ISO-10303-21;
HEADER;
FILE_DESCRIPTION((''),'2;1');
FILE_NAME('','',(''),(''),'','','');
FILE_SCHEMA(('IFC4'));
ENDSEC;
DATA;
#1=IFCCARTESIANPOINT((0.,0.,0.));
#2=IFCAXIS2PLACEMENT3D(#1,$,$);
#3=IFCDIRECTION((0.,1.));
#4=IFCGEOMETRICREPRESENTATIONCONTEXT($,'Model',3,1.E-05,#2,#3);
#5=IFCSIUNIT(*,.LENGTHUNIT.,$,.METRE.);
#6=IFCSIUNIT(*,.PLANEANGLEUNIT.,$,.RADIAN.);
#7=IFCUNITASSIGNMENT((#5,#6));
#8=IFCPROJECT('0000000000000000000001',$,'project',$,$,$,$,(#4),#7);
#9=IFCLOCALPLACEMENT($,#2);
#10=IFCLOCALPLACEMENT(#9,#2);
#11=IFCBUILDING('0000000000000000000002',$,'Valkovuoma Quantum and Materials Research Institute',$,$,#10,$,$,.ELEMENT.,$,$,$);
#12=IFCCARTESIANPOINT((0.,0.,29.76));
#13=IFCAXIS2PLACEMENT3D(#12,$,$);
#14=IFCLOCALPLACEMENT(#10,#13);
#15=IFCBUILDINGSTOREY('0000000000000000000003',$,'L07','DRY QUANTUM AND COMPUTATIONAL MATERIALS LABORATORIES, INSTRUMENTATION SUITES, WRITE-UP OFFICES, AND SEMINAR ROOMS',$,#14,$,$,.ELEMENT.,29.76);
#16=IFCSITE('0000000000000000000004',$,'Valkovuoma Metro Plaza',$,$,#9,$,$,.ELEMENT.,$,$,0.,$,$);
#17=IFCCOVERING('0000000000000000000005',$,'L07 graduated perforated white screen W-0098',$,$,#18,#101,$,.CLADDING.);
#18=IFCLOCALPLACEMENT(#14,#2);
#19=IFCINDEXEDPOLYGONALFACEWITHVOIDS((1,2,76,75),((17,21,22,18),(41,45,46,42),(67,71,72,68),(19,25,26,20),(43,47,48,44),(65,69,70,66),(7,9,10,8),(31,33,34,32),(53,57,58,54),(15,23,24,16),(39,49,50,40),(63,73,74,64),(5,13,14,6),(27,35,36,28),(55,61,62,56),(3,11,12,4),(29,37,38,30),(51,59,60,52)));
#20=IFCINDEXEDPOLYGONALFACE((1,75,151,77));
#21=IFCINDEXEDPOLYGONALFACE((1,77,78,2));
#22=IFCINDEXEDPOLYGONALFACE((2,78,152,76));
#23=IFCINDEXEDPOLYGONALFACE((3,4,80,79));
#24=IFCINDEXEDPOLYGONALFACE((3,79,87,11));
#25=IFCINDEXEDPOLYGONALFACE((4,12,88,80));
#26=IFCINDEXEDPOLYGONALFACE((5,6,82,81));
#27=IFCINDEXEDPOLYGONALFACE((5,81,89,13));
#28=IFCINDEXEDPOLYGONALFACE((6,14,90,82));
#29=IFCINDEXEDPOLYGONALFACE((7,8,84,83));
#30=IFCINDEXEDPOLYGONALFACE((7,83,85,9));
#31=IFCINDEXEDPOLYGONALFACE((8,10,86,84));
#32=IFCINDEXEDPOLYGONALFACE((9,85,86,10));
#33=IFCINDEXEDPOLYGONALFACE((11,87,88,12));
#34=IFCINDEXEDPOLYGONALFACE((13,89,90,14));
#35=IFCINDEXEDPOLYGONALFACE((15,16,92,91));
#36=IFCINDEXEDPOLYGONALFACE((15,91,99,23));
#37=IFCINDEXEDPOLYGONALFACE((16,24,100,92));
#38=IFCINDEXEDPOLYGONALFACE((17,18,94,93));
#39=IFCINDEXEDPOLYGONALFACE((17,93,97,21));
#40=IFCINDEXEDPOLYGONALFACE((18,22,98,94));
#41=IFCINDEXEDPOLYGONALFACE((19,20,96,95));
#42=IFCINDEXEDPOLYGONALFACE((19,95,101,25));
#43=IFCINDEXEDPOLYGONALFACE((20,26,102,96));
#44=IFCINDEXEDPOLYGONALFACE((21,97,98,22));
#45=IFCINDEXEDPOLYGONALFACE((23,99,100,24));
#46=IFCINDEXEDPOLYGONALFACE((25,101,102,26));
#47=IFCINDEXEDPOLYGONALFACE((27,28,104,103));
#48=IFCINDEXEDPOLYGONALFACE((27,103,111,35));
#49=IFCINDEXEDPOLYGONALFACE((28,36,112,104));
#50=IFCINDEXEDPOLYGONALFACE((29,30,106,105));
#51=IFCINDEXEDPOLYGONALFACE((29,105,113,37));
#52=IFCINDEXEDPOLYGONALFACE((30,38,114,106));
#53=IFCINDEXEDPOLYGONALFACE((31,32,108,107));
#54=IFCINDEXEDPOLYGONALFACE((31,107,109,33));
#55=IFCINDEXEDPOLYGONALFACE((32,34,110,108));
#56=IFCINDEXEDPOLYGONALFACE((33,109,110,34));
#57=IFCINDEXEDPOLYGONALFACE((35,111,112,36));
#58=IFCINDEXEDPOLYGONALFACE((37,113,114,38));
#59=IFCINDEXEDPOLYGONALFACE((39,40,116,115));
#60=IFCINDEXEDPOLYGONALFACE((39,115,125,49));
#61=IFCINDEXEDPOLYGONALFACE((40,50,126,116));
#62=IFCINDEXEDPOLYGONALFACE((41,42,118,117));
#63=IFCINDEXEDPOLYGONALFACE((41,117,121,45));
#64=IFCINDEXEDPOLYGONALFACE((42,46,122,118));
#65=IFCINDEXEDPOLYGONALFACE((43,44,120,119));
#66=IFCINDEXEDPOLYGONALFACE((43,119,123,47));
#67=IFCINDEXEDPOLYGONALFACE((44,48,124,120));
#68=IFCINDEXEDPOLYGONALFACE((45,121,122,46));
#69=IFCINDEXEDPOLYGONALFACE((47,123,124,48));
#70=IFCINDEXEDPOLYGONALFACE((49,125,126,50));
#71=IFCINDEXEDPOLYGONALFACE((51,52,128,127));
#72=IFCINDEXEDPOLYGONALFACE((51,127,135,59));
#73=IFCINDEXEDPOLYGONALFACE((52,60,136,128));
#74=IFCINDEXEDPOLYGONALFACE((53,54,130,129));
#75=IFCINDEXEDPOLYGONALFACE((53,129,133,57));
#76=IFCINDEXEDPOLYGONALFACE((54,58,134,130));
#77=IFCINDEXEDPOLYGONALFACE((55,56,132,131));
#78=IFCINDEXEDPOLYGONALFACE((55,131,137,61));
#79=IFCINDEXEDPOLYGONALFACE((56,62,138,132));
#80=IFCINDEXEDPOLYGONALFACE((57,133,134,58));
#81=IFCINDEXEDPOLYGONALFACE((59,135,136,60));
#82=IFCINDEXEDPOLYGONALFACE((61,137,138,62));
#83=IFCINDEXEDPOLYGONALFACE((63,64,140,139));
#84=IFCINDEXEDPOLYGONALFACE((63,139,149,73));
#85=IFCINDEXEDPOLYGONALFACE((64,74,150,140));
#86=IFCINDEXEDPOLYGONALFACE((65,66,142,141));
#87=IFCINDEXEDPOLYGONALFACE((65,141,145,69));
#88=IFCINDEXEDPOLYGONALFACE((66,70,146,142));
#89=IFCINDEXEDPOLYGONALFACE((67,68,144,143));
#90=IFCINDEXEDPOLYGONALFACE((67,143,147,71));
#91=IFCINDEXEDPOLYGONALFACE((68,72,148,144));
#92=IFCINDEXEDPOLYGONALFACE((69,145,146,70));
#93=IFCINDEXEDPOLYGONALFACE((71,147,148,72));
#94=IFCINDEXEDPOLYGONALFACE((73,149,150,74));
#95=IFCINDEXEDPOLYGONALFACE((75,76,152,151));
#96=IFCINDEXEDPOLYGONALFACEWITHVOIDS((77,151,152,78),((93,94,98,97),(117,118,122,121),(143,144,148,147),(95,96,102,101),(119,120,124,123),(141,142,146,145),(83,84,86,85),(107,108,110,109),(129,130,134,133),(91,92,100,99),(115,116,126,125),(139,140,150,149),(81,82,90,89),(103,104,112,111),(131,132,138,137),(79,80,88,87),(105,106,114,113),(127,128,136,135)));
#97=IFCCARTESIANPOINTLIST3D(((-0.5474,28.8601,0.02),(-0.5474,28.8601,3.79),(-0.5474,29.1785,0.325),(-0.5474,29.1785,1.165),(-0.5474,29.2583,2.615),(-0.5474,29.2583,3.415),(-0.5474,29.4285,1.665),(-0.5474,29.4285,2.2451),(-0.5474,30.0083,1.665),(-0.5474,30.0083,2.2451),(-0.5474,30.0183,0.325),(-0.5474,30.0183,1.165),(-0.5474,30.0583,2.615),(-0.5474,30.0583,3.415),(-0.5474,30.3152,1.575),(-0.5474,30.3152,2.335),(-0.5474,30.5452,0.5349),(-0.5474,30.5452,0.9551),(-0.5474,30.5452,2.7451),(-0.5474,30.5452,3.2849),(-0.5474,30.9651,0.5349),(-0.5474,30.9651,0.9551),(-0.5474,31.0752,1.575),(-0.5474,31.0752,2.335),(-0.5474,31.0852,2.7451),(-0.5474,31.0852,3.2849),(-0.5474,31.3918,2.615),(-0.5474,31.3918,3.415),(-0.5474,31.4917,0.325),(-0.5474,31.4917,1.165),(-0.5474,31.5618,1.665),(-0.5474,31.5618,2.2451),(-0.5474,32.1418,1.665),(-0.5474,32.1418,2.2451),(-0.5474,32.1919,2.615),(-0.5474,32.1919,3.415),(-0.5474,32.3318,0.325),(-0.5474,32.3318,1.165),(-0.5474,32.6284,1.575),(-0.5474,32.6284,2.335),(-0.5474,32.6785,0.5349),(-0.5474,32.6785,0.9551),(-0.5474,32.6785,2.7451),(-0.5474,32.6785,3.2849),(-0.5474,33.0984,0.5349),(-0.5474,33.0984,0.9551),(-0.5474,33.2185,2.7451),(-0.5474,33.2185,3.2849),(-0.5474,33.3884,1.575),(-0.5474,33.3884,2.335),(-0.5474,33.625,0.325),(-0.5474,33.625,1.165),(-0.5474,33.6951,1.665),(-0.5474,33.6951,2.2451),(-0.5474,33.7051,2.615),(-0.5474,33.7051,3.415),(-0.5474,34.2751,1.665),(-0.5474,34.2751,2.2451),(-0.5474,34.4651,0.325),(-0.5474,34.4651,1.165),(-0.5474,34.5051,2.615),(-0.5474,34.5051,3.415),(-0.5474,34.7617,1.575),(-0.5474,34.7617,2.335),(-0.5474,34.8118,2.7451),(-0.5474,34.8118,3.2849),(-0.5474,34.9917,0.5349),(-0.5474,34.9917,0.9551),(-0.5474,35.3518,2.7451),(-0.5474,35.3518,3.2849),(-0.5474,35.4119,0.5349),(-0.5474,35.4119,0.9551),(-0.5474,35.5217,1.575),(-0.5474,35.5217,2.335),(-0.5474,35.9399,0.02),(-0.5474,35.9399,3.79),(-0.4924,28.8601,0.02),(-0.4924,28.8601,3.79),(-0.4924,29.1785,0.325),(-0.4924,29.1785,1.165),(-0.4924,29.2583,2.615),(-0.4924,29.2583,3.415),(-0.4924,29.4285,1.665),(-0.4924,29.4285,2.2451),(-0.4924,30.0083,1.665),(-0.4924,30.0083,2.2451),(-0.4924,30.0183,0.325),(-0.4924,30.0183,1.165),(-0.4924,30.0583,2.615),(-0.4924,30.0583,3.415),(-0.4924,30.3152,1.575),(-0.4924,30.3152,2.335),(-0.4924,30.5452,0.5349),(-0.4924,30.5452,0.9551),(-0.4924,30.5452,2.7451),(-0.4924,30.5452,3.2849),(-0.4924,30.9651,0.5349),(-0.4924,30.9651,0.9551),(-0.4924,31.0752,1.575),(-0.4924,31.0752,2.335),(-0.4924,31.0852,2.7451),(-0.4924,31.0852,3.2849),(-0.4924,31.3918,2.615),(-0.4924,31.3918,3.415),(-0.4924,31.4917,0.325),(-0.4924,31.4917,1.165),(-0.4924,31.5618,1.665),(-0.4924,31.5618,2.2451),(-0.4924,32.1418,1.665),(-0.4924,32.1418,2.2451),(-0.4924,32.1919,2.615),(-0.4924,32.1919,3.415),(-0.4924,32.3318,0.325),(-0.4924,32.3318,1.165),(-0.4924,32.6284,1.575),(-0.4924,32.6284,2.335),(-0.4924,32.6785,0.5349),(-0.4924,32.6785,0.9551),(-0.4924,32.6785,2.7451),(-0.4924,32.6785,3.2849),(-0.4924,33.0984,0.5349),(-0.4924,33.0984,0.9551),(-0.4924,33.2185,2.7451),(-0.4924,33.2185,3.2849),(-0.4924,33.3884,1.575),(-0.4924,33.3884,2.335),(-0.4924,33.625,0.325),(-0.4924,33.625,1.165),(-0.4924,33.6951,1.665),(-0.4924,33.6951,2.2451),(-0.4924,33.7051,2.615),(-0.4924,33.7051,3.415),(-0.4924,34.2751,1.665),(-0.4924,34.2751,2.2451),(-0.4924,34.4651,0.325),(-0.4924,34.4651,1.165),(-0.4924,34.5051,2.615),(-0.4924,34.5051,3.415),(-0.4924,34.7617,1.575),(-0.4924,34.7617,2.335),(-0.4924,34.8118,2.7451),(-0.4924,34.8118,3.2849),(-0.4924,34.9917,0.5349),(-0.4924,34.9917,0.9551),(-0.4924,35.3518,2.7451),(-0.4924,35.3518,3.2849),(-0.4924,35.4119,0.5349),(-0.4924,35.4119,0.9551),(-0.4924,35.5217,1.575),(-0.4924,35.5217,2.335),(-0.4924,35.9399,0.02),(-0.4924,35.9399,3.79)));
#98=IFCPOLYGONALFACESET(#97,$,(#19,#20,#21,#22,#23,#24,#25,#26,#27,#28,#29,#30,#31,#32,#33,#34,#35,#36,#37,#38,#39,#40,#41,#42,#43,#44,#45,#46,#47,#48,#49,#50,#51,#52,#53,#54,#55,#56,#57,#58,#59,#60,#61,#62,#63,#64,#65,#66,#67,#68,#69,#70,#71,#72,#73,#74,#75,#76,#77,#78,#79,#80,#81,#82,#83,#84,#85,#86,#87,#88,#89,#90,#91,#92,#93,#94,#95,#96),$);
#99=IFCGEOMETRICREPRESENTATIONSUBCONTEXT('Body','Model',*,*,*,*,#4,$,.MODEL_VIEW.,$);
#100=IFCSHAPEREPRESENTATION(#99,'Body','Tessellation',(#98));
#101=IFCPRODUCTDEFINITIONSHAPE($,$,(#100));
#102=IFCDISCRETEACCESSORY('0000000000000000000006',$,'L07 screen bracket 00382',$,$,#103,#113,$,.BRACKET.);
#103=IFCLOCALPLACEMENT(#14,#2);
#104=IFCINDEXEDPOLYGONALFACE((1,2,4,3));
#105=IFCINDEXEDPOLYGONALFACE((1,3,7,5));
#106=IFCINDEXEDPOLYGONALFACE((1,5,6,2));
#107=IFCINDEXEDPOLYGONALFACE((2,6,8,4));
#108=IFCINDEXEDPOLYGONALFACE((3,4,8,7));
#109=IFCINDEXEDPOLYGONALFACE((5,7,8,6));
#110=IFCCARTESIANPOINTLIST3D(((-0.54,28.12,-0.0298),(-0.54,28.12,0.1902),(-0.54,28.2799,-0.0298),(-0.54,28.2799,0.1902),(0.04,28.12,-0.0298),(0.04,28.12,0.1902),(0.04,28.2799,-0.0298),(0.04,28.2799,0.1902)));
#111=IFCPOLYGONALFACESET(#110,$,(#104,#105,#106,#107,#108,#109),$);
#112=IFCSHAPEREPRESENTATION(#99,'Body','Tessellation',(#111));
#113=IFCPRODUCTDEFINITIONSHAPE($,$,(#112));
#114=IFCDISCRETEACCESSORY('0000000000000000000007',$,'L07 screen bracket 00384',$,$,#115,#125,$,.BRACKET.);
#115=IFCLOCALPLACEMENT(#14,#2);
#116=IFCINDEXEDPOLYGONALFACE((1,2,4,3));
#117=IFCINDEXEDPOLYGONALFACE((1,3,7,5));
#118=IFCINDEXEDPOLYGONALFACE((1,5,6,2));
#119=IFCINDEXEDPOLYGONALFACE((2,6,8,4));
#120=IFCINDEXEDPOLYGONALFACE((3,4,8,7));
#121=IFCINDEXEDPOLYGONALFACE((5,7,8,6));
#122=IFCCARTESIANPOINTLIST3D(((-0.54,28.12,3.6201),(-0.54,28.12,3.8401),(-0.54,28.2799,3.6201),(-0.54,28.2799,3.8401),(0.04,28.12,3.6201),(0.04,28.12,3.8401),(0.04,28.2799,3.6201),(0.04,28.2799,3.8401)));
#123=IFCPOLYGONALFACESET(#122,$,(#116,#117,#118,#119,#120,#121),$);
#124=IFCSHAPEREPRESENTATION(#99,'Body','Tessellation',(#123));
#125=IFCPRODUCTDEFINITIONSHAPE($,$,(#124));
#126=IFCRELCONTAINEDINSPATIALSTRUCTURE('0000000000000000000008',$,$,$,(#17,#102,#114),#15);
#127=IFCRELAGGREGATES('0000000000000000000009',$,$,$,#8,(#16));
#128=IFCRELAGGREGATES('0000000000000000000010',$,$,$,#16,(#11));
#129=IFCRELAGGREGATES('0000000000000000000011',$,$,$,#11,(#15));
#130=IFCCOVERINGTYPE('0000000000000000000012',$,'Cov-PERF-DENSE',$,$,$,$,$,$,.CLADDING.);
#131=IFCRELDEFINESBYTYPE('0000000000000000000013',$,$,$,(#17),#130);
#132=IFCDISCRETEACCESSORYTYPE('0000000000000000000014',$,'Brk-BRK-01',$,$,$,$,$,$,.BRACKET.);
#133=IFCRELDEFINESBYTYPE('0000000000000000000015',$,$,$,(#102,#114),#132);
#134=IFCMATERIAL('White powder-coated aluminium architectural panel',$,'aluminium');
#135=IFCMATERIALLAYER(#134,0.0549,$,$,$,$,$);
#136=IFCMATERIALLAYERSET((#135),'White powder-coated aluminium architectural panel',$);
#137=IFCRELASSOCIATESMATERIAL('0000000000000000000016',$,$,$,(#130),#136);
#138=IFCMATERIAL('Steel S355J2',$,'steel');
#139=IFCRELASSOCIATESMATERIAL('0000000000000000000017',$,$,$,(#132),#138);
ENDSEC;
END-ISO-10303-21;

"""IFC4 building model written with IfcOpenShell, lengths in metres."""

from ifc_helpers import new_model, si_unit, direction, frame, origin, origin_2d, place, context, subcontext, project, spatial, polyline, rectangle, outline, extrude, material, layer, layer_set, type_object, element, save


model = new_model("IFC4")

# Units and contexts
model_context = context("Model", 3, precision=1e-05, world=origin(), true_north=direction((0.0, 1.0)))
body_context = subcontext(model_context, "Body", "Model", "MODEL_VIEW")
ifc_project = project(units=[si_unit("LENGTHUNIT", "METRE"), si_unit("PLANEANGLEUNIT", "RADIAN")], contexts=[model_context])

# Site, building, storey
site_placement = place(None, origin())
site = spatial("IfcSite", under=ifc_project, at=site_placement, Name="Valkovuoma Metro Plaza", CompositionType="ELEMENT", RefElevation=0.0)
building_placement = place(site_placement, origin())
building = spatial("IfcBuilding", under=site, at=building_placement, Name="Valkovuoma Quantum and Materials Research Institute", CompositionType="ELEMENT")
storey_placement = place(building_placement, frame((0.0, 0.0, 29.76)))
storey = spatial("IfcBuildingStorey", under=building, at=storey_placement, Name="L07", Description="DRY QUANTUM AND COMPUTATIONAL MATERIALS LABORATORIES, INSTRUMENTATION SUITES, WRITE-UP OFFICES, AND SEMINAR ROOMS", CompositionType="ELEMENT", Elevation=29.76)

# Covering
ifc_material_1 = material(Name="White powder-coated aluminium architectural panel", Category="aluminium")
ifc_layer_1 = layer(ifc_material_1, 0.0549)
ifc_layer_set_1 = layer_set([ifc_layer_1], Name="White powder-coated aluminium architectural panel")
covering_type = type_object("IfcCoveringType", Name="Cov-PERF-DENSE", PredefinedType="CLADDING", material=ifc_layer_set_1)
covering_placement = place(storey_placement, frame((-0.52, 28.8601, 0.02), z_axis=(0.0, 0.0, 1.0), x_axis=(0.0, 1.0, 0.0)))
element("IfcCovering", 1, at=covering_placement, inside=storey, type_object=covering_type, Name="L07 graduated perforated white screen W-0098", PredefinedType="CLADDING", context=body_context, shape_type="SweptSolid", body=[
    extrude(outline(polyline([(0.0, 0.0), (7.0798, 0.0), (7.0798, 3.77), (0.0, 3.77), (0.0, 0.0)]), holes=[polyline([(0.3184, 0.3049), (0.3184, 1.145), (1.1582, 1.145), (1.1582, 0.3049), (0.3184, 0.3049)]), polyline([(0.5684, 1.645), (0.5684, 2.2251), (1.1482, 2.2251), (1.1482, 1.645), (0.5684, 1.645)]), polyline([(0.3982, 2.595), (0.3982, 3.395), (1.1982, 3.395), (1.1982, 2.595), (0.3982, 2.595)]), polyline([(1.6851, 0.5149), (1.6851, 0.9351), (2.105, 0.9351), (2.105, 0.5149), (1.6851, 0.5149)]), polyline([(1.4551, 1.5549), (1.4551, 2.3149), (2.2151, 2.3149), (2.2151, 1.5549), (1.4551, 1.5549)]), polyline([(1.6851, 2.7251), (1.6851, 3.2649), (2.2251, 3.2649), (2.2251, 2.7251), (1.6851, 2.7251)]), polyline([(2.6316, 0.3049), (2.6316, 1.145), (3.4717, 1.145), (3.4717, 0.3049), (2.6316, 0.3049)]), polyline([(2.7017, 1.645), (2.7017, 2.2251), (3.2817, 2.2251), (3.2817, 1.645), (2.7017, 1.645)]), polyline([(2.5317, 2.595), (2.5317, 3.395), (3.3318, 3.395), (3.3318, 2.595), (2.5317, 2.595)]), polyline([(3.8184, 0.5149), (3.8184, 0.9351), (4.2383, 0.9351), (4.2383, 0.5149), (3.8184, 0.5149)]), polyline([(3.7683, 1.5549), (3.7683, 2.3149), (4.5283, 2.3149), (4.5283, 1.5549), (3.7683, 1.5549)]), polyline([(3.8184, 2.7251), (3.8184, 3.2649), (4.3584, 3.2649), (4.3584, 2.7251), (3.8184, 2.7251)]), polyline([(4.7649, 0.3049), (4.7649, 1.145), (5.605, 1.145), (5.605, 0.3049), (4.7649, 0.3049)]), polyline([(4.835, 1.645), (4.835, 2.2251), (5.415, 2.2251), (5.415, 1.645), (4.835, 1.645)]), polyline([(4.845, 2.595), (4.845, 3.395), (5.645, 3.395), (5.645, 2.595), (4.845, 2.595)]), polyline([(6.1316, 0.5149), (6.1316, 0.9351), (6.5518, 0.9351), (6.5518, 0.5149), (6.1316, 0.5149)]), polyline([(5.9016, 1.5549), (5.9016, 2.3149), (6.6616, 2.3149), (6.6616, 1.5549), (5.9016, 1.5549)]), polyline([(5.9517, 2.7251), (5.9517, 3.2649), (6.4917, 3.2649), (6.4917, 2.7251), (5.9517, 2.7251)])]), frame((0.0, 0.0273, 0.0), z_axis=(0.0, -1.0, 0.0), x_axis=(1.0, 0.0, 0.0)), (0.0, 0.0, 1.0), 0.0549),
])

# Discrete accessories
ifc_material_2 = material(Name="Steel S355J2", Category="steel")
discrete_accessory_type = type_object("IfcDiscreteAccessoryType", Name="Brk-BRK-01", PredefinedType="BRACKET", material=ifc_material_2)
for number, where, z_axis, x_axis, name in (
    (2, (-0.25, 28.2, -0.0298), (0.0, 0.0, 1.0), (1.0, 0.0, 0.0), "L07 screen bracket 00382"),
    (3, (-0.25, 28.2, 3.6201), (0.0, 0.0, 1.0), (1.0, 0.0, 0.0), "L07 screen bracket 00384"),
):
    element("IfcDiscreteAccessory", number, at=place(storey_placement, frame(where, z_axis=z_axis, x_axis=x_axis)), inside=storey, type_object=discrete_accessory_type, Name=name, PredefinedType="BRACKET", context=body_context, shape_type="SweptSolid", body=[
        extrude(rectangle(XDim=0.5801, YDim=0.1599, at=origin_2d()), origin(), (0.0, 0.0, 1.0), 0.22),
    ])

save(model, "model.ifc")
